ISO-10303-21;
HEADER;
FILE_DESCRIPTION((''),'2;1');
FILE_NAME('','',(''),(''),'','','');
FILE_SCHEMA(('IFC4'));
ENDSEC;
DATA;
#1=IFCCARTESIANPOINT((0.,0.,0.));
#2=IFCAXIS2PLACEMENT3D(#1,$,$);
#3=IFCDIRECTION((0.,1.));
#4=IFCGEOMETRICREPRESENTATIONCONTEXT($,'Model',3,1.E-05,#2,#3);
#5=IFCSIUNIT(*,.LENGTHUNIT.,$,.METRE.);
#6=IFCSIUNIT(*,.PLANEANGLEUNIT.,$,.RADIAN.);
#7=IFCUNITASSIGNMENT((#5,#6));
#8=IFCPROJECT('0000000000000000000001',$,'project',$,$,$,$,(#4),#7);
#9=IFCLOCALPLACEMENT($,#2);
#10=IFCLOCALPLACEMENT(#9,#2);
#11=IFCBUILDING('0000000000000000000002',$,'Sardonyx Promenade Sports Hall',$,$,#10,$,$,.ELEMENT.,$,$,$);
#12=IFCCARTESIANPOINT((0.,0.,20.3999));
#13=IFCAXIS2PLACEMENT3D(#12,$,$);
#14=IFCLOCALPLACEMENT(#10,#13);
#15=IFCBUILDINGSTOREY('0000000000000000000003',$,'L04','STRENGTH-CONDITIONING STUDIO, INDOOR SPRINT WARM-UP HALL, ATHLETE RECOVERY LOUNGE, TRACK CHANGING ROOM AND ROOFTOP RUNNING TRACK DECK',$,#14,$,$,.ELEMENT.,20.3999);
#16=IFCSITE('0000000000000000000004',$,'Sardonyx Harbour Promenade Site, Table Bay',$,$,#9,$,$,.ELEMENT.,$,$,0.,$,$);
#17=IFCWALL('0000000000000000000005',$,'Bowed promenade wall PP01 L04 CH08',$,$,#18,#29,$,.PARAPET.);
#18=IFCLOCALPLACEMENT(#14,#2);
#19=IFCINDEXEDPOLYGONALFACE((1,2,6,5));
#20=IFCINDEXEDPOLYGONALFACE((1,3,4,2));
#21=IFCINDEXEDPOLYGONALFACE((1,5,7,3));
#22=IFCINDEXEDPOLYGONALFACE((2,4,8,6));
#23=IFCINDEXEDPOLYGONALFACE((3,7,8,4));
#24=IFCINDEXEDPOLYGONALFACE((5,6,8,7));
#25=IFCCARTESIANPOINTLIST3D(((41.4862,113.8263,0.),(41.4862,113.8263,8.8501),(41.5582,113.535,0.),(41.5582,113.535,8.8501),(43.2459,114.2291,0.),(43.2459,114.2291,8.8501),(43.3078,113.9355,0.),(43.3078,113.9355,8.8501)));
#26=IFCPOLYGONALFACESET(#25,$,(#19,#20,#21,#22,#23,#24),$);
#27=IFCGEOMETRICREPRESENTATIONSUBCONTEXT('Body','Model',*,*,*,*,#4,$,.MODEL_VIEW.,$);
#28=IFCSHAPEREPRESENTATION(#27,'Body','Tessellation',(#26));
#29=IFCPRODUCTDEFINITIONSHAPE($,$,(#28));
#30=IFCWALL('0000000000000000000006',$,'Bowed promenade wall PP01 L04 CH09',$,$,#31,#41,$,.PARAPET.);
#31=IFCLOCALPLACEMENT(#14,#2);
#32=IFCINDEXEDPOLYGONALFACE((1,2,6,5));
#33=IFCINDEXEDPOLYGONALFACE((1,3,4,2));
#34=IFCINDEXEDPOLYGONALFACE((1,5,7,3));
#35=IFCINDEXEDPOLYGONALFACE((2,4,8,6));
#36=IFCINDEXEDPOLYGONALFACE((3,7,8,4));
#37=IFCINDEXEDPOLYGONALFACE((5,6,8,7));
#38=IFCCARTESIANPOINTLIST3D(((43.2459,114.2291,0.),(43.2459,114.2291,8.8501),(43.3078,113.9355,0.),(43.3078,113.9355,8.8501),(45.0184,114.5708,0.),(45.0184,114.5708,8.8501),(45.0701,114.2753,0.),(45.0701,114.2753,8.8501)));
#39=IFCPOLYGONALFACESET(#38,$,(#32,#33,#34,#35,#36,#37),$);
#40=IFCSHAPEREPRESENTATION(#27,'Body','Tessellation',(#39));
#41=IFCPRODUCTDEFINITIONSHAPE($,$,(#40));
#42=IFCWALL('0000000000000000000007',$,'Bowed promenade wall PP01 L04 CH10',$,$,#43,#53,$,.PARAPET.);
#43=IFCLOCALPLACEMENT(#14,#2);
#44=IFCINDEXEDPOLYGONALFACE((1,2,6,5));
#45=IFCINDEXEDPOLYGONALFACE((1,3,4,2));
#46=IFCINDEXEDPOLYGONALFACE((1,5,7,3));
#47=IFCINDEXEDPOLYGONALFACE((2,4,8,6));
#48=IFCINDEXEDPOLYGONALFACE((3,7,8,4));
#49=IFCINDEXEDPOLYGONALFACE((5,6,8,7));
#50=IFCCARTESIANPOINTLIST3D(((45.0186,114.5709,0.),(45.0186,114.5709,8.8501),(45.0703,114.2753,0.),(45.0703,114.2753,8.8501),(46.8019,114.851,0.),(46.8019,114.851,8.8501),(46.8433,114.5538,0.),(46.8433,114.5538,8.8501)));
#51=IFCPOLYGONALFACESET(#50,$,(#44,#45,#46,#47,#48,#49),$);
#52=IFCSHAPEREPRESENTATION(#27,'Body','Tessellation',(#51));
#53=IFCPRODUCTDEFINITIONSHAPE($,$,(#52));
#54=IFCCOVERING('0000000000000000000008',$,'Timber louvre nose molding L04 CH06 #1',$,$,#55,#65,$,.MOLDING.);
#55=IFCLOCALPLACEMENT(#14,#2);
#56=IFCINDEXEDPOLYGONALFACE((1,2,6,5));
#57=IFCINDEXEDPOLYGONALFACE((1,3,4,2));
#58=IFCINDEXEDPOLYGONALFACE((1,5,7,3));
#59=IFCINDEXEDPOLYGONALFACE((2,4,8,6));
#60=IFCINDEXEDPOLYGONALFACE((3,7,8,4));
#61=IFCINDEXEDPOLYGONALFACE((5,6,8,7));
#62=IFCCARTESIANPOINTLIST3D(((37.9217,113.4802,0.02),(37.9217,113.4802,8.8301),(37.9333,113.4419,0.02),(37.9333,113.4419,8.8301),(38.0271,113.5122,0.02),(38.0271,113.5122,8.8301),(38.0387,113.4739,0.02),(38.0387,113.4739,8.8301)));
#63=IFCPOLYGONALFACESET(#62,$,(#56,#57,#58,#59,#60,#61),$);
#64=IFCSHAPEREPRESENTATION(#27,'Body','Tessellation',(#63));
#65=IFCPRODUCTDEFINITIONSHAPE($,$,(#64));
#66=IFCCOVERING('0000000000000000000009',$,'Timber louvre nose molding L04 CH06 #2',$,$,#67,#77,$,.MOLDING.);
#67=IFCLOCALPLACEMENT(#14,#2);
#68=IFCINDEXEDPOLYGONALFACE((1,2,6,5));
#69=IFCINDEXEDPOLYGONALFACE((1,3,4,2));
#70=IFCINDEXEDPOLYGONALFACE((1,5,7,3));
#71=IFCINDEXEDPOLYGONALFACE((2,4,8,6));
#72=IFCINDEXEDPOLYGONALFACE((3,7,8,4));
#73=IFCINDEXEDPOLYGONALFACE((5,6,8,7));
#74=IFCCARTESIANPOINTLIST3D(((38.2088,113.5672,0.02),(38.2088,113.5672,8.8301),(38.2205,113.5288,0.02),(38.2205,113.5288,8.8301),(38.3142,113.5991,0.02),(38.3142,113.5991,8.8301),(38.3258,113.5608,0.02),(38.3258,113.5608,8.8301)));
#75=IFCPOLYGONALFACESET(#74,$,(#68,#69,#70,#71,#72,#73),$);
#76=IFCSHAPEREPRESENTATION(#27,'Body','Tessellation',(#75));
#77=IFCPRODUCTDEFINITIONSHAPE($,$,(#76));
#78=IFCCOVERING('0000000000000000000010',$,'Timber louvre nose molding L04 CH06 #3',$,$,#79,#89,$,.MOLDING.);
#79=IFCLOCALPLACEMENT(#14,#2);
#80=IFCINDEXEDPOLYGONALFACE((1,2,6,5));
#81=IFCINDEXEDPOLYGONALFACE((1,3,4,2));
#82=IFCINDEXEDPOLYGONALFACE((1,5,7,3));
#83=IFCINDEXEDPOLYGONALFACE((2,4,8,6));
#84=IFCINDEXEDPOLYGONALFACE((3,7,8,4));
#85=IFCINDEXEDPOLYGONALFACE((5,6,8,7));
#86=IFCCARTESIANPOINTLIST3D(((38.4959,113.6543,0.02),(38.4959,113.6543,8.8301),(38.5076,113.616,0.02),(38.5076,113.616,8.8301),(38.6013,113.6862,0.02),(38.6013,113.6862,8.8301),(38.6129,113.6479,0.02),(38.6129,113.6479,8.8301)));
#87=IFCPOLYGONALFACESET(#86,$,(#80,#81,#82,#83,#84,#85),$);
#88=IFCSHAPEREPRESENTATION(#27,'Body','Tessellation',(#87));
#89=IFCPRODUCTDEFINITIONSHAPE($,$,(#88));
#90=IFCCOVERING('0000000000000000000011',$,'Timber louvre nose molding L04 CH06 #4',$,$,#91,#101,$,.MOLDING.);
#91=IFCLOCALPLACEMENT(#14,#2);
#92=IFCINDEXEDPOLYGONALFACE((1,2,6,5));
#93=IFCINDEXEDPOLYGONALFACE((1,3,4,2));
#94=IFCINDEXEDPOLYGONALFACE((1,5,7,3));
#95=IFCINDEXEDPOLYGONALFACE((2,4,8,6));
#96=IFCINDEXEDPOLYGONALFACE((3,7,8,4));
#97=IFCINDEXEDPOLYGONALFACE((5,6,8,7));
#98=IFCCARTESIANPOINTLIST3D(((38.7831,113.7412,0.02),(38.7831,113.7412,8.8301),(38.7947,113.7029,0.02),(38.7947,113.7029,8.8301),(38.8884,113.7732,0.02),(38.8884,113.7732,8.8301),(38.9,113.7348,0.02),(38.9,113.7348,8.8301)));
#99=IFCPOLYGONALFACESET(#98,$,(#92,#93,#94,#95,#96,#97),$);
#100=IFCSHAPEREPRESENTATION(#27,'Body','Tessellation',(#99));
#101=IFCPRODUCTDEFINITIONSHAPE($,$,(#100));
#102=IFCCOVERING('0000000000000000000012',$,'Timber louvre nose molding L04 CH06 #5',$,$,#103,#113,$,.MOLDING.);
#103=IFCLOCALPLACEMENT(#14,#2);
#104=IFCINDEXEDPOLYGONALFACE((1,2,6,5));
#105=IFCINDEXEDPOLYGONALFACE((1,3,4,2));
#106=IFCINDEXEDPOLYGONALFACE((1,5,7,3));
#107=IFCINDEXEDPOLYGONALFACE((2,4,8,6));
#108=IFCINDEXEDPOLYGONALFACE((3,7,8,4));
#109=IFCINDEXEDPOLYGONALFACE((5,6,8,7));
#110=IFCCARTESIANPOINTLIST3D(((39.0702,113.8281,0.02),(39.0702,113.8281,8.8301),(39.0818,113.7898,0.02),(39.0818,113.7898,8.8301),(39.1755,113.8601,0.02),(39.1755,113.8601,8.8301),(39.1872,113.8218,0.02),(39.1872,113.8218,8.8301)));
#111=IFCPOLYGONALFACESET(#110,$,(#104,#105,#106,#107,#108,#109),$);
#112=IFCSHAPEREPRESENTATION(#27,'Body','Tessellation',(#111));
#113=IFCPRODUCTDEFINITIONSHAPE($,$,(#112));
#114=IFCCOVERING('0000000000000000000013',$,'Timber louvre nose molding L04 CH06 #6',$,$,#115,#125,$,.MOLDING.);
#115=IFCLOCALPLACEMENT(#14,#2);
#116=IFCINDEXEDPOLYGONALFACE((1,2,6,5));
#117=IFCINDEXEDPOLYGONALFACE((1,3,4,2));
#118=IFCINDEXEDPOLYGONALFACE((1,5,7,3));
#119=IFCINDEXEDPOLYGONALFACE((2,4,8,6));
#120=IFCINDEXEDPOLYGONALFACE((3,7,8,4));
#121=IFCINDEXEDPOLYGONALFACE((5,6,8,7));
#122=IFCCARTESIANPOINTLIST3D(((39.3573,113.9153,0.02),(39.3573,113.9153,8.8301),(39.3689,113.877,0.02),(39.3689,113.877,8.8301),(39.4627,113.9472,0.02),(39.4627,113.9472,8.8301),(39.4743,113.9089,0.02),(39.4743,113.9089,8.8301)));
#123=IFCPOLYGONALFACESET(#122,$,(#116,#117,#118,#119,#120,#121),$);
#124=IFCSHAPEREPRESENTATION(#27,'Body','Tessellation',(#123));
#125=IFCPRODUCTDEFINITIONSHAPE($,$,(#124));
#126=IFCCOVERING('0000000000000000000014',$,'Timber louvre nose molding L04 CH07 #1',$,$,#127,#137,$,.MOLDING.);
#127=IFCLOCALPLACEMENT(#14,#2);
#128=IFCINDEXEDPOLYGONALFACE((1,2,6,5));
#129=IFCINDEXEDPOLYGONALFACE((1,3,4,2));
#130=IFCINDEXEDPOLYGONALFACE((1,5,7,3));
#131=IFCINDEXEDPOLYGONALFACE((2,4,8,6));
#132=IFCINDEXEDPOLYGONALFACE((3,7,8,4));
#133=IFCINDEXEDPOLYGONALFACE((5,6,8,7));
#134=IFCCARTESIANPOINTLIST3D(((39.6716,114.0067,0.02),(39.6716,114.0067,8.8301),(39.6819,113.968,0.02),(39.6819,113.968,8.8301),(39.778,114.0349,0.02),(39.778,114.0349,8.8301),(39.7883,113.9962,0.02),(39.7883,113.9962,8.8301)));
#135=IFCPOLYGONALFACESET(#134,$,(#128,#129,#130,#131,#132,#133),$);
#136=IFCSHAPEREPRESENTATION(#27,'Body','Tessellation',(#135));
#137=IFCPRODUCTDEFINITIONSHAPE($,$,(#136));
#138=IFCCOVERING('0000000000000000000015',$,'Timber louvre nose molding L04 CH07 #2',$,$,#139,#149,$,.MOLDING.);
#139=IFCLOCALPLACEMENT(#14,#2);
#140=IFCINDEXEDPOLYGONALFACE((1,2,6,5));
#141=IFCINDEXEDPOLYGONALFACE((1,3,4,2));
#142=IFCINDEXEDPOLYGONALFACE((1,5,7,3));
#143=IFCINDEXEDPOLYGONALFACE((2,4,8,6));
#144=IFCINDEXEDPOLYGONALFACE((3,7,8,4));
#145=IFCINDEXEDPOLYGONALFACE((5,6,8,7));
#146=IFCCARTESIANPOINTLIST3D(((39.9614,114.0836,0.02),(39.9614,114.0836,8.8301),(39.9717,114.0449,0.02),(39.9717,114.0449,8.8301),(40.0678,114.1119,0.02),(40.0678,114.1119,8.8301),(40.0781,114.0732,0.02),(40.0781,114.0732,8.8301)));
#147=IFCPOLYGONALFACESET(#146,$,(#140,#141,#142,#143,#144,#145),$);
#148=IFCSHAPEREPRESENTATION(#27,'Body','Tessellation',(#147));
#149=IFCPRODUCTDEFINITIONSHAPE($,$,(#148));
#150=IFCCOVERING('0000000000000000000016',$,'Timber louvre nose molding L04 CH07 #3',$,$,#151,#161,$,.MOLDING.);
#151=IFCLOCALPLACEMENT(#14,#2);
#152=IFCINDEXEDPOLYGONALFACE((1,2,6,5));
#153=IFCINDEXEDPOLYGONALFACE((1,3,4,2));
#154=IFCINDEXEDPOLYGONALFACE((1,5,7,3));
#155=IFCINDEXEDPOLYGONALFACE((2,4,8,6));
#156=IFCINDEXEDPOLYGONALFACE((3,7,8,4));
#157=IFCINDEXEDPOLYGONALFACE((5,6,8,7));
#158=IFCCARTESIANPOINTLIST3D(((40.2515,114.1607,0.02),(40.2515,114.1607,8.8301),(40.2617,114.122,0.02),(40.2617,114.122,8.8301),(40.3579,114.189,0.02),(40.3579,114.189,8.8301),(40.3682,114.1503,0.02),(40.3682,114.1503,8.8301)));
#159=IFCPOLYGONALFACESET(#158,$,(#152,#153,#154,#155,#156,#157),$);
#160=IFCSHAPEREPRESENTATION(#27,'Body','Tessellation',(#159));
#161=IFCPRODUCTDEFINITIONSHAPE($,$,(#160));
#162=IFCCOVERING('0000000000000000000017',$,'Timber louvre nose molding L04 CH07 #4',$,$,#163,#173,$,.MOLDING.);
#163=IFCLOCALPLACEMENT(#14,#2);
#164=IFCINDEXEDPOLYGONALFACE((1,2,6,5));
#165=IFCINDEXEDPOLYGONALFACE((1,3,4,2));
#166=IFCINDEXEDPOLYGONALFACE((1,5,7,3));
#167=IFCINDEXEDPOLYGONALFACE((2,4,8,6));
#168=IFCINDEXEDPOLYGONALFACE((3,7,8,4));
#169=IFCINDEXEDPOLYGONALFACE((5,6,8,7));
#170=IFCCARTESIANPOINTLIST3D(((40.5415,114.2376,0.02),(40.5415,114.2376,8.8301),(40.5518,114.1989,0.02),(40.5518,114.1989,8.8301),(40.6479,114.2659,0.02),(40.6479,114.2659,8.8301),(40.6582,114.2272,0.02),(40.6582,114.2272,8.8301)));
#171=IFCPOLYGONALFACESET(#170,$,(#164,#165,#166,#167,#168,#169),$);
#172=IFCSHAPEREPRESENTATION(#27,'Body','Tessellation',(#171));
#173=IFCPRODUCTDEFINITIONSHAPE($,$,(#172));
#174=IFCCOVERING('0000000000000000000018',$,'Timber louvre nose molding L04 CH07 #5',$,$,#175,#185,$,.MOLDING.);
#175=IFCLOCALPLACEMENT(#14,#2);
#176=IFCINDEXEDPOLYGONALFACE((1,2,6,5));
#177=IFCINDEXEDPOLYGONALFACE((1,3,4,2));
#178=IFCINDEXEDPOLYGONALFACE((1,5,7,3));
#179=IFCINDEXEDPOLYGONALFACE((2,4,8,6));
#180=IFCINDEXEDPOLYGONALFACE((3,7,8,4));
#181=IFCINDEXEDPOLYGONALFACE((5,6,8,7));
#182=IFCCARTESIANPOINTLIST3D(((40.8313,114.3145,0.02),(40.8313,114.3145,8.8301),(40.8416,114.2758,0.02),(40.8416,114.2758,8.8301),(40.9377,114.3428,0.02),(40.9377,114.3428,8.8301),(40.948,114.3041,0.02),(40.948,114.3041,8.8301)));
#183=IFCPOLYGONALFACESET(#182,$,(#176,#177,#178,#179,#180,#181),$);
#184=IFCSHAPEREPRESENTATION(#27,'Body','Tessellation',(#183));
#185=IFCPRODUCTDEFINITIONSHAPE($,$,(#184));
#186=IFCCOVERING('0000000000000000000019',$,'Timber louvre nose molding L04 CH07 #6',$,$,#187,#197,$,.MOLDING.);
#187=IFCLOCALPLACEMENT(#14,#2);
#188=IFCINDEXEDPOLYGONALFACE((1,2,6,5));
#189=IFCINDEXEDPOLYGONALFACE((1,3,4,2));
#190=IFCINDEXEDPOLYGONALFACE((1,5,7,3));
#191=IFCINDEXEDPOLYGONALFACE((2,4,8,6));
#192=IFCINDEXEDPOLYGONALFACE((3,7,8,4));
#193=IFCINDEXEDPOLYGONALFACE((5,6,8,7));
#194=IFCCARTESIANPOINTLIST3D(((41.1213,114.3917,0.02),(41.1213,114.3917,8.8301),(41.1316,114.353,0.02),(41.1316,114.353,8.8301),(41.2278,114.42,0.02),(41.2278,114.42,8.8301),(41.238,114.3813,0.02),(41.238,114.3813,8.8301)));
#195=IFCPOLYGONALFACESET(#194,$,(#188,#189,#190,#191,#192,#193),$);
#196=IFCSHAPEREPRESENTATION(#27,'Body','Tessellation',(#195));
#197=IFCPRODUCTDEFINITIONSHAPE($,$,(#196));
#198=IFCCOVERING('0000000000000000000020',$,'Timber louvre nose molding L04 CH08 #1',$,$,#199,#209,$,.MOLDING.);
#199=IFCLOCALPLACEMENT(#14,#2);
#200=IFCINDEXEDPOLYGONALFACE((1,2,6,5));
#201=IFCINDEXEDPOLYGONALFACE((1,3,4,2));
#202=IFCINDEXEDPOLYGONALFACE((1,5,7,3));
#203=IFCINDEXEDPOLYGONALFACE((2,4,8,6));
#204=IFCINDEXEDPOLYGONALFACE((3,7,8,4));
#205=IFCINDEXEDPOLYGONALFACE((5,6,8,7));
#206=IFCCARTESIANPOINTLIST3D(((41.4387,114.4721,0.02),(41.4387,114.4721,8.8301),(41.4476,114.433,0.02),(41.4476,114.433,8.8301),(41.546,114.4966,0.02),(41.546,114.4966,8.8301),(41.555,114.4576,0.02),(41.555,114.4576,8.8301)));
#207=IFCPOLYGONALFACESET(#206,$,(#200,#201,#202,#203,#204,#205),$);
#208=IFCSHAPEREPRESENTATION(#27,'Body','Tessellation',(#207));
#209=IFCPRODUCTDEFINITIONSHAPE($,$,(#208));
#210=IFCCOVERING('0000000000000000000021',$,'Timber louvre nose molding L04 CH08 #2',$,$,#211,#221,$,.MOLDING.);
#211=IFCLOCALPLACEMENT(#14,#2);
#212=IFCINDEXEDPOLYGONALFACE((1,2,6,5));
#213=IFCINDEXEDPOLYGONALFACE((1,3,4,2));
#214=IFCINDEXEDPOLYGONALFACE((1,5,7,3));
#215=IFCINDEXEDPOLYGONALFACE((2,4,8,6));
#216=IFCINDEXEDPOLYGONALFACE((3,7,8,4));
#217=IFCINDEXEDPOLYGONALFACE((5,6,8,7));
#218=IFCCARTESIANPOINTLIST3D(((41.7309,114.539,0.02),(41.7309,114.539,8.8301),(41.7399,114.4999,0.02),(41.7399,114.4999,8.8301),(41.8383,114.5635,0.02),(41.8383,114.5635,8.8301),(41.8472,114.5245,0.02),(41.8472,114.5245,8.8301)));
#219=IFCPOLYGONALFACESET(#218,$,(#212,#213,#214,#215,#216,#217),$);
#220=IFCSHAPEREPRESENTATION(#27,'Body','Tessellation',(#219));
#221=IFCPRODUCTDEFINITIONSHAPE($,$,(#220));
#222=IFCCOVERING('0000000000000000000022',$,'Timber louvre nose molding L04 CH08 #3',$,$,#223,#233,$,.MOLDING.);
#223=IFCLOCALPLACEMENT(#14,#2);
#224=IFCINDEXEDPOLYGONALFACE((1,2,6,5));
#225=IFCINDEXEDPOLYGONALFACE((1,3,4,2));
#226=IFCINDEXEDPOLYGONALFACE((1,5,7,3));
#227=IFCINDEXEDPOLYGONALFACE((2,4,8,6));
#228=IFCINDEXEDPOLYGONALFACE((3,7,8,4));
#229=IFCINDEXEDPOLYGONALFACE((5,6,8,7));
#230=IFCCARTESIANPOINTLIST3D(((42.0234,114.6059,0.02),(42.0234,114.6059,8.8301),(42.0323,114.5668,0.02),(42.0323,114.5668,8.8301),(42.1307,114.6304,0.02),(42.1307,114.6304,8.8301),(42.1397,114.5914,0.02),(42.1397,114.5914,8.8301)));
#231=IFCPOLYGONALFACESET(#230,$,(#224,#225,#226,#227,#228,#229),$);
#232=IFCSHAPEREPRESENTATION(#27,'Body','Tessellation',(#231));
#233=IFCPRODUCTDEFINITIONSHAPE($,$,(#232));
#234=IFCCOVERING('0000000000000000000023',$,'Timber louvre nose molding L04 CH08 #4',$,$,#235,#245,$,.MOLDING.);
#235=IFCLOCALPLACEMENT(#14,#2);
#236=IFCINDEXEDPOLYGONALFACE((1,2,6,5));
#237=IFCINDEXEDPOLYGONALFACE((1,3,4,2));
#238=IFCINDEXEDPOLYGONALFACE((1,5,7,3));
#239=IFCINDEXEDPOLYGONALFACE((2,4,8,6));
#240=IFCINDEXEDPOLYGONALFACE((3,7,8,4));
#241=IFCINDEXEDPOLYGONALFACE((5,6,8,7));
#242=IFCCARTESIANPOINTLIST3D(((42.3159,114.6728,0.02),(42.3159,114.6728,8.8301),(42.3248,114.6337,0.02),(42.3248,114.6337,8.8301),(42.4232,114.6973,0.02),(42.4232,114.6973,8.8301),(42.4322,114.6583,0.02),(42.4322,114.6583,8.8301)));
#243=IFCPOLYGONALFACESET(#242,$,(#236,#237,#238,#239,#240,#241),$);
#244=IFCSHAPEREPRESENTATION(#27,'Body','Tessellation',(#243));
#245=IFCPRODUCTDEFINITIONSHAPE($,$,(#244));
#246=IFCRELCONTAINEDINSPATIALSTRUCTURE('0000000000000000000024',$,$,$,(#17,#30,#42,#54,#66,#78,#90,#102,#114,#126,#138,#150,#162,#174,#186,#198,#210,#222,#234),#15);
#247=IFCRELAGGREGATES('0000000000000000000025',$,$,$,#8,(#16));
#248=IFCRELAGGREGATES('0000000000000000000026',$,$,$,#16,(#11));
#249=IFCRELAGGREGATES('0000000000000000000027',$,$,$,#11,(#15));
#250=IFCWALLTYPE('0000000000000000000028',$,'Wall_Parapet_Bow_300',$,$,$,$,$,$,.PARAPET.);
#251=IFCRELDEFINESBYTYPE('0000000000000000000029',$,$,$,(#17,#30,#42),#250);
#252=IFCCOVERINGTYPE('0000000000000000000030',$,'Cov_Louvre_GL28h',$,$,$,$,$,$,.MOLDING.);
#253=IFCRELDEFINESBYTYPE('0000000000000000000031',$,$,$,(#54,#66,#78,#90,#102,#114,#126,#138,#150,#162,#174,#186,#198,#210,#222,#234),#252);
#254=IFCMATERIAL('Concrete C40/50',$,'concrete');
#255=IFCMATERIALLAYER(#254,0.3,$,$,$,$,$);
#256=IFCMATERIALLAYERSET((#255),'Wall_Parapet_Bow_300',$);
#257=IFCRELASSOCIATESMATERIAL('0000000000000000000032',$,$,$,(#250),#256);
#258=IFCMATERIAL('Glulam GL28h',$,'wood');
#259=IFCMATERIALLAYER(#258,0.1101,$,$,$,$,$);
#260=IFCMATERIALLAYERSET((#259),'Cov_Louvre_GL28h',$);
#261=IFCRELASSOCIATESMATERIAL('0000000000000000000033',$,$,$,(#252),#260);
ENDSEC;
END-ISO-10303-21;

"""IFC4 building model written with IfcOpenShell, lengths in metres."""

from ifc_helpers import new_model, si_unit, direction, frame, origin, origin_2d, place, context, subcontext, project, spatial, polyline, rectangle, outline, extrude, material, layer, layer_set, type_object, element, save


model = new_model("IFC4")

# Units and contexts
model_context = context("Model", 3, precision=1e-05, world=origin(), true_north=direction((0.0, 1.0)))
body_context = subcontext(model_context, "Body", "Model", "MODEL_VIEW")
ifc_project = project(units=[si_unit("LENGTHUNIT", "METRE"), si_unit("PLANEANGLEUNIT", "RADIAN")], contexts=[model_context])

# Site, building, storey
site_placement = place(None, origin())
site = spatial("IfcSite", under=ifc_project, at=site_placement, Name="Sardonyx Harbour Promenade Site, Table Bay", CompositionType="ELEMENT", RefElevation=0.0)
building_placement = place(site_placement, origin())
building = spatial("IfcBuilding", under=site, at=building_placement, Name="Sardonyx Promenade Sports Hall", CompositionType="ELEMENT")
storey_placement = place(building_placement, frame((0.0, 0.0, 20.3999)))
storey = spatial("IfcBuildingStorey", under=building, at=storey_placement, Name="L04", Description="STRENGTH-CONDITIONING STUDIO, INDOOR SPRINT WARM-UP HALL, ATHLETE RECOVERY LOUNGE, TRACK CHANGING ROOM AND ROOFTOP RUNNING TRACK DECK", CompositionType="ELEMENT", Elevation=20.3999)

# Walls
ifc_material_1 = material(Name="Concrete C40/50", Category="concrete")
ifc_layer_1 = layer(ifc_material_1, 0.3)
ifc_layer_set_1 = layer_set([ifc_layer_1], Name="Wall_Parapet_Bow_300")
wall_type = type_object("IfcWallType", Name="Wall_Parapet_Bow_300", PredefinedType="PARAPET", material=ifc_layer_set_1)
wall_1_placement = place(storey_placement, frame((41.5222, 113.6807, 0.0), z_axis=(0.0, 0.0, 1.0), x_axis=(0.974792, 0.223116, 0.0)))
element("IfcWall", 1, at=wall_1_placement, inside=storey, type_object=wall_type, Name="Bowed promenade wall PP01 L04 CH08", PredefinedType="PARAPET", context=body_context, shape_type="SweptSolid", body=[
    extrude(outline(polyline([(0.0026, -0.15), (1.7974, -0.15), (1.8026, 0.15), (-0.0026, 0.15), (0.0026, -0.15)])), origin(), (0.0, 0.0, 1.0), 8.8501),
])
wall_2_placement = place(storey_placement, frame((43.2769, 114.0823, 0.0), z_axis=(0.0, 0.0, 1.0), x_axis=(0.981913, 0.18933, 0.0)))
element("IfcWall", 2, at=wall_2_placement, inside=storey, type_object=wall_type, Name="Bowed promenade wall PP01 L04 CH09", PredefinedType="PARAPET", context=body_context, shape_type="SweptSolid", body=[
    extrude(outline(polyline([(0.0026, -0.15), (1.7974, -0.15), (1.8026, 0.15), (-0.0026, 0.15), (0.0026, -0.15)])), origin(), (0.0, 0.0, 1.0), 8.8501),
])
wall_3_placement = place(storey_placement, frame((45.0444, 114.4231, 0.0), z_axis=(0.0, 0.0, 1.0), x_axis=(0.987887, 0.155175, 0.0)))
element("IfcWall", 3, at=wall_3_placement, inside=storey, type_object=wall_type, Name="Bowed promenade wall PP01 L04 CH10", PredefinedType="PARAPET", context=body_context, shape_type="SweptSolid", body=[
    extrude(outline(polyline([(0.0026, -0.15), (1.7974, -0.15), (1.8026, 0.15), (-0.0026, 0.15), (0.0026, -0.15)])), origin(), (0.0, 0.0, 1.0), 8.8501),
])

# Coverings
ifc_material_2 = material(Name="Glulam GL28h", Category="wood")
ifc_layer_2 = layer(ifc_material_2, 0.1101)
ifc_layer_set_2 = layer_set([ifc_layer_2], Name="Cov_Louvre_GL28h")
covering_type = type_object("IfcCoveringType", Name="Cov_Louvre_GL28h", PredefinedType="MOLDING", material=ifc_layer_set_2)
for number, where, z_axis, x_axis, name in (
    (4, (37.9802, 113.4771, 0.02), (0.0, 0.0, 1.0), (0.957021, 0.290017, 0.0), "Timber louvre nose molding L04 CH06 #1"),
    (5, (38.2673, 113.564, 0.02), (0.0, 0.0, 1.0), (0.957021, 0.290017, 0.0), "Timber louvre nose molding L04 CH06 #2"),
    (6, (38.5544, 113.6511, 0.02), (0.0, 0.0, 1.0), (0.957021, 0.290017, 0.0), "Timber louvre nose molding L04 CH06 #3"),
    (7, (38.8416, 113.738, 0.02), (0.0, 0.0, 1.0), (0.957021, 0.290017, 0.0), "Timber louvre nose molding L04 CH06 #4"),
    (8, (39.1287, 113.825, 0.02), (0.0, 0.0, 1.0), (0.957021, 0.290017, 0.0), "Timber louvre nose molding L04 CH06 #5"),
    (9, (39.4158, 113.9121, 0.02), (0.0, 0.0, 1.0), (0.957021, 0.290017, 0.0), "Timber louvre nose molding L04 CH06 #6"),
    (10, (39.73, 114.0015, 0.02), (0.0, 0.0, 1.0), (0.966485, 0.256721, 0.0), "Timber louvre nose molding L04 CH07 #1"),
    (11, (40.0198, 114.0784, 0.02), (0.0, 0.0, 1.0), (0.966485, 0.256721, 0.0), "Timber louvre nose molding L04 CH07 #2"),
    (12, (40.3098, 114.1555, 0.02), (0.0, 0.0, 1.0), (0.966485, 0.256721, 0.0), "Timber louvre nose molding L04 CH07 #3"),
    (13, (40.5999, 114.2324, 0.02), (0.0, 0.0, 1.0), (0.966485, 0.256721, 0.0), "Timber louvre nose molding L04 CH07 #4"),
    (14, (40.8896, 114.3093, 0.02), (0.0, 0.0, 1.0), (0.966485, 0.256721, 0.0), "Timber louvre nose molding L04 CH07 #5"),
    (15, (41.1797, 114.3865, 0.02), (0.0, 0.0, 1.0), (0.966485, 0.256721, 0.0), "Timber louvre nose molding L04 CH07 #6"),
    (16, (41.4968, 114.4648, 0.02), (0.0, 0.0, 1.0), (0.974792, 0.223117, 0.0), "Timber louvre nose molding L04 CH08 #1"),
    (17, (41.7891, 114.5317, 0.02), (0.0, 0.0, 1.0), (0.974792, 0.223117, 0.0), "Timber louvre nose molding L04 CH08 #2"),
    (18, (42.0815, 114.5986, 0.02), (0.0, 0.0, 1.0), (0.974792, 0.223117, 0.0), "Timber louvre nose molding L04 CH08 #3"),
    (19, (42.374, 114.6655, 0.02), (0.0, 0.0, 1.0), (0.974792, 0.223117, 0.0), "Timber louvre nose molding L04 CH08 #4"),
):
    element("IfcCovering", number, at=place(storey_placement, frame(where, z_axis=z_axis, x_axis=x_axis)), inside=storey, type_object=covering_type, Name=name, PredefinedType="MOLDING", context=body_context, shape_type="SweptSolid", body=[
        extrude(rectangle(XDim=0.1101, YDim=0.04, at=origin_2d()), origin(), (0.0, 0.0, 1.0), 8.8101),
    ])

save(model, "model.ifc")
